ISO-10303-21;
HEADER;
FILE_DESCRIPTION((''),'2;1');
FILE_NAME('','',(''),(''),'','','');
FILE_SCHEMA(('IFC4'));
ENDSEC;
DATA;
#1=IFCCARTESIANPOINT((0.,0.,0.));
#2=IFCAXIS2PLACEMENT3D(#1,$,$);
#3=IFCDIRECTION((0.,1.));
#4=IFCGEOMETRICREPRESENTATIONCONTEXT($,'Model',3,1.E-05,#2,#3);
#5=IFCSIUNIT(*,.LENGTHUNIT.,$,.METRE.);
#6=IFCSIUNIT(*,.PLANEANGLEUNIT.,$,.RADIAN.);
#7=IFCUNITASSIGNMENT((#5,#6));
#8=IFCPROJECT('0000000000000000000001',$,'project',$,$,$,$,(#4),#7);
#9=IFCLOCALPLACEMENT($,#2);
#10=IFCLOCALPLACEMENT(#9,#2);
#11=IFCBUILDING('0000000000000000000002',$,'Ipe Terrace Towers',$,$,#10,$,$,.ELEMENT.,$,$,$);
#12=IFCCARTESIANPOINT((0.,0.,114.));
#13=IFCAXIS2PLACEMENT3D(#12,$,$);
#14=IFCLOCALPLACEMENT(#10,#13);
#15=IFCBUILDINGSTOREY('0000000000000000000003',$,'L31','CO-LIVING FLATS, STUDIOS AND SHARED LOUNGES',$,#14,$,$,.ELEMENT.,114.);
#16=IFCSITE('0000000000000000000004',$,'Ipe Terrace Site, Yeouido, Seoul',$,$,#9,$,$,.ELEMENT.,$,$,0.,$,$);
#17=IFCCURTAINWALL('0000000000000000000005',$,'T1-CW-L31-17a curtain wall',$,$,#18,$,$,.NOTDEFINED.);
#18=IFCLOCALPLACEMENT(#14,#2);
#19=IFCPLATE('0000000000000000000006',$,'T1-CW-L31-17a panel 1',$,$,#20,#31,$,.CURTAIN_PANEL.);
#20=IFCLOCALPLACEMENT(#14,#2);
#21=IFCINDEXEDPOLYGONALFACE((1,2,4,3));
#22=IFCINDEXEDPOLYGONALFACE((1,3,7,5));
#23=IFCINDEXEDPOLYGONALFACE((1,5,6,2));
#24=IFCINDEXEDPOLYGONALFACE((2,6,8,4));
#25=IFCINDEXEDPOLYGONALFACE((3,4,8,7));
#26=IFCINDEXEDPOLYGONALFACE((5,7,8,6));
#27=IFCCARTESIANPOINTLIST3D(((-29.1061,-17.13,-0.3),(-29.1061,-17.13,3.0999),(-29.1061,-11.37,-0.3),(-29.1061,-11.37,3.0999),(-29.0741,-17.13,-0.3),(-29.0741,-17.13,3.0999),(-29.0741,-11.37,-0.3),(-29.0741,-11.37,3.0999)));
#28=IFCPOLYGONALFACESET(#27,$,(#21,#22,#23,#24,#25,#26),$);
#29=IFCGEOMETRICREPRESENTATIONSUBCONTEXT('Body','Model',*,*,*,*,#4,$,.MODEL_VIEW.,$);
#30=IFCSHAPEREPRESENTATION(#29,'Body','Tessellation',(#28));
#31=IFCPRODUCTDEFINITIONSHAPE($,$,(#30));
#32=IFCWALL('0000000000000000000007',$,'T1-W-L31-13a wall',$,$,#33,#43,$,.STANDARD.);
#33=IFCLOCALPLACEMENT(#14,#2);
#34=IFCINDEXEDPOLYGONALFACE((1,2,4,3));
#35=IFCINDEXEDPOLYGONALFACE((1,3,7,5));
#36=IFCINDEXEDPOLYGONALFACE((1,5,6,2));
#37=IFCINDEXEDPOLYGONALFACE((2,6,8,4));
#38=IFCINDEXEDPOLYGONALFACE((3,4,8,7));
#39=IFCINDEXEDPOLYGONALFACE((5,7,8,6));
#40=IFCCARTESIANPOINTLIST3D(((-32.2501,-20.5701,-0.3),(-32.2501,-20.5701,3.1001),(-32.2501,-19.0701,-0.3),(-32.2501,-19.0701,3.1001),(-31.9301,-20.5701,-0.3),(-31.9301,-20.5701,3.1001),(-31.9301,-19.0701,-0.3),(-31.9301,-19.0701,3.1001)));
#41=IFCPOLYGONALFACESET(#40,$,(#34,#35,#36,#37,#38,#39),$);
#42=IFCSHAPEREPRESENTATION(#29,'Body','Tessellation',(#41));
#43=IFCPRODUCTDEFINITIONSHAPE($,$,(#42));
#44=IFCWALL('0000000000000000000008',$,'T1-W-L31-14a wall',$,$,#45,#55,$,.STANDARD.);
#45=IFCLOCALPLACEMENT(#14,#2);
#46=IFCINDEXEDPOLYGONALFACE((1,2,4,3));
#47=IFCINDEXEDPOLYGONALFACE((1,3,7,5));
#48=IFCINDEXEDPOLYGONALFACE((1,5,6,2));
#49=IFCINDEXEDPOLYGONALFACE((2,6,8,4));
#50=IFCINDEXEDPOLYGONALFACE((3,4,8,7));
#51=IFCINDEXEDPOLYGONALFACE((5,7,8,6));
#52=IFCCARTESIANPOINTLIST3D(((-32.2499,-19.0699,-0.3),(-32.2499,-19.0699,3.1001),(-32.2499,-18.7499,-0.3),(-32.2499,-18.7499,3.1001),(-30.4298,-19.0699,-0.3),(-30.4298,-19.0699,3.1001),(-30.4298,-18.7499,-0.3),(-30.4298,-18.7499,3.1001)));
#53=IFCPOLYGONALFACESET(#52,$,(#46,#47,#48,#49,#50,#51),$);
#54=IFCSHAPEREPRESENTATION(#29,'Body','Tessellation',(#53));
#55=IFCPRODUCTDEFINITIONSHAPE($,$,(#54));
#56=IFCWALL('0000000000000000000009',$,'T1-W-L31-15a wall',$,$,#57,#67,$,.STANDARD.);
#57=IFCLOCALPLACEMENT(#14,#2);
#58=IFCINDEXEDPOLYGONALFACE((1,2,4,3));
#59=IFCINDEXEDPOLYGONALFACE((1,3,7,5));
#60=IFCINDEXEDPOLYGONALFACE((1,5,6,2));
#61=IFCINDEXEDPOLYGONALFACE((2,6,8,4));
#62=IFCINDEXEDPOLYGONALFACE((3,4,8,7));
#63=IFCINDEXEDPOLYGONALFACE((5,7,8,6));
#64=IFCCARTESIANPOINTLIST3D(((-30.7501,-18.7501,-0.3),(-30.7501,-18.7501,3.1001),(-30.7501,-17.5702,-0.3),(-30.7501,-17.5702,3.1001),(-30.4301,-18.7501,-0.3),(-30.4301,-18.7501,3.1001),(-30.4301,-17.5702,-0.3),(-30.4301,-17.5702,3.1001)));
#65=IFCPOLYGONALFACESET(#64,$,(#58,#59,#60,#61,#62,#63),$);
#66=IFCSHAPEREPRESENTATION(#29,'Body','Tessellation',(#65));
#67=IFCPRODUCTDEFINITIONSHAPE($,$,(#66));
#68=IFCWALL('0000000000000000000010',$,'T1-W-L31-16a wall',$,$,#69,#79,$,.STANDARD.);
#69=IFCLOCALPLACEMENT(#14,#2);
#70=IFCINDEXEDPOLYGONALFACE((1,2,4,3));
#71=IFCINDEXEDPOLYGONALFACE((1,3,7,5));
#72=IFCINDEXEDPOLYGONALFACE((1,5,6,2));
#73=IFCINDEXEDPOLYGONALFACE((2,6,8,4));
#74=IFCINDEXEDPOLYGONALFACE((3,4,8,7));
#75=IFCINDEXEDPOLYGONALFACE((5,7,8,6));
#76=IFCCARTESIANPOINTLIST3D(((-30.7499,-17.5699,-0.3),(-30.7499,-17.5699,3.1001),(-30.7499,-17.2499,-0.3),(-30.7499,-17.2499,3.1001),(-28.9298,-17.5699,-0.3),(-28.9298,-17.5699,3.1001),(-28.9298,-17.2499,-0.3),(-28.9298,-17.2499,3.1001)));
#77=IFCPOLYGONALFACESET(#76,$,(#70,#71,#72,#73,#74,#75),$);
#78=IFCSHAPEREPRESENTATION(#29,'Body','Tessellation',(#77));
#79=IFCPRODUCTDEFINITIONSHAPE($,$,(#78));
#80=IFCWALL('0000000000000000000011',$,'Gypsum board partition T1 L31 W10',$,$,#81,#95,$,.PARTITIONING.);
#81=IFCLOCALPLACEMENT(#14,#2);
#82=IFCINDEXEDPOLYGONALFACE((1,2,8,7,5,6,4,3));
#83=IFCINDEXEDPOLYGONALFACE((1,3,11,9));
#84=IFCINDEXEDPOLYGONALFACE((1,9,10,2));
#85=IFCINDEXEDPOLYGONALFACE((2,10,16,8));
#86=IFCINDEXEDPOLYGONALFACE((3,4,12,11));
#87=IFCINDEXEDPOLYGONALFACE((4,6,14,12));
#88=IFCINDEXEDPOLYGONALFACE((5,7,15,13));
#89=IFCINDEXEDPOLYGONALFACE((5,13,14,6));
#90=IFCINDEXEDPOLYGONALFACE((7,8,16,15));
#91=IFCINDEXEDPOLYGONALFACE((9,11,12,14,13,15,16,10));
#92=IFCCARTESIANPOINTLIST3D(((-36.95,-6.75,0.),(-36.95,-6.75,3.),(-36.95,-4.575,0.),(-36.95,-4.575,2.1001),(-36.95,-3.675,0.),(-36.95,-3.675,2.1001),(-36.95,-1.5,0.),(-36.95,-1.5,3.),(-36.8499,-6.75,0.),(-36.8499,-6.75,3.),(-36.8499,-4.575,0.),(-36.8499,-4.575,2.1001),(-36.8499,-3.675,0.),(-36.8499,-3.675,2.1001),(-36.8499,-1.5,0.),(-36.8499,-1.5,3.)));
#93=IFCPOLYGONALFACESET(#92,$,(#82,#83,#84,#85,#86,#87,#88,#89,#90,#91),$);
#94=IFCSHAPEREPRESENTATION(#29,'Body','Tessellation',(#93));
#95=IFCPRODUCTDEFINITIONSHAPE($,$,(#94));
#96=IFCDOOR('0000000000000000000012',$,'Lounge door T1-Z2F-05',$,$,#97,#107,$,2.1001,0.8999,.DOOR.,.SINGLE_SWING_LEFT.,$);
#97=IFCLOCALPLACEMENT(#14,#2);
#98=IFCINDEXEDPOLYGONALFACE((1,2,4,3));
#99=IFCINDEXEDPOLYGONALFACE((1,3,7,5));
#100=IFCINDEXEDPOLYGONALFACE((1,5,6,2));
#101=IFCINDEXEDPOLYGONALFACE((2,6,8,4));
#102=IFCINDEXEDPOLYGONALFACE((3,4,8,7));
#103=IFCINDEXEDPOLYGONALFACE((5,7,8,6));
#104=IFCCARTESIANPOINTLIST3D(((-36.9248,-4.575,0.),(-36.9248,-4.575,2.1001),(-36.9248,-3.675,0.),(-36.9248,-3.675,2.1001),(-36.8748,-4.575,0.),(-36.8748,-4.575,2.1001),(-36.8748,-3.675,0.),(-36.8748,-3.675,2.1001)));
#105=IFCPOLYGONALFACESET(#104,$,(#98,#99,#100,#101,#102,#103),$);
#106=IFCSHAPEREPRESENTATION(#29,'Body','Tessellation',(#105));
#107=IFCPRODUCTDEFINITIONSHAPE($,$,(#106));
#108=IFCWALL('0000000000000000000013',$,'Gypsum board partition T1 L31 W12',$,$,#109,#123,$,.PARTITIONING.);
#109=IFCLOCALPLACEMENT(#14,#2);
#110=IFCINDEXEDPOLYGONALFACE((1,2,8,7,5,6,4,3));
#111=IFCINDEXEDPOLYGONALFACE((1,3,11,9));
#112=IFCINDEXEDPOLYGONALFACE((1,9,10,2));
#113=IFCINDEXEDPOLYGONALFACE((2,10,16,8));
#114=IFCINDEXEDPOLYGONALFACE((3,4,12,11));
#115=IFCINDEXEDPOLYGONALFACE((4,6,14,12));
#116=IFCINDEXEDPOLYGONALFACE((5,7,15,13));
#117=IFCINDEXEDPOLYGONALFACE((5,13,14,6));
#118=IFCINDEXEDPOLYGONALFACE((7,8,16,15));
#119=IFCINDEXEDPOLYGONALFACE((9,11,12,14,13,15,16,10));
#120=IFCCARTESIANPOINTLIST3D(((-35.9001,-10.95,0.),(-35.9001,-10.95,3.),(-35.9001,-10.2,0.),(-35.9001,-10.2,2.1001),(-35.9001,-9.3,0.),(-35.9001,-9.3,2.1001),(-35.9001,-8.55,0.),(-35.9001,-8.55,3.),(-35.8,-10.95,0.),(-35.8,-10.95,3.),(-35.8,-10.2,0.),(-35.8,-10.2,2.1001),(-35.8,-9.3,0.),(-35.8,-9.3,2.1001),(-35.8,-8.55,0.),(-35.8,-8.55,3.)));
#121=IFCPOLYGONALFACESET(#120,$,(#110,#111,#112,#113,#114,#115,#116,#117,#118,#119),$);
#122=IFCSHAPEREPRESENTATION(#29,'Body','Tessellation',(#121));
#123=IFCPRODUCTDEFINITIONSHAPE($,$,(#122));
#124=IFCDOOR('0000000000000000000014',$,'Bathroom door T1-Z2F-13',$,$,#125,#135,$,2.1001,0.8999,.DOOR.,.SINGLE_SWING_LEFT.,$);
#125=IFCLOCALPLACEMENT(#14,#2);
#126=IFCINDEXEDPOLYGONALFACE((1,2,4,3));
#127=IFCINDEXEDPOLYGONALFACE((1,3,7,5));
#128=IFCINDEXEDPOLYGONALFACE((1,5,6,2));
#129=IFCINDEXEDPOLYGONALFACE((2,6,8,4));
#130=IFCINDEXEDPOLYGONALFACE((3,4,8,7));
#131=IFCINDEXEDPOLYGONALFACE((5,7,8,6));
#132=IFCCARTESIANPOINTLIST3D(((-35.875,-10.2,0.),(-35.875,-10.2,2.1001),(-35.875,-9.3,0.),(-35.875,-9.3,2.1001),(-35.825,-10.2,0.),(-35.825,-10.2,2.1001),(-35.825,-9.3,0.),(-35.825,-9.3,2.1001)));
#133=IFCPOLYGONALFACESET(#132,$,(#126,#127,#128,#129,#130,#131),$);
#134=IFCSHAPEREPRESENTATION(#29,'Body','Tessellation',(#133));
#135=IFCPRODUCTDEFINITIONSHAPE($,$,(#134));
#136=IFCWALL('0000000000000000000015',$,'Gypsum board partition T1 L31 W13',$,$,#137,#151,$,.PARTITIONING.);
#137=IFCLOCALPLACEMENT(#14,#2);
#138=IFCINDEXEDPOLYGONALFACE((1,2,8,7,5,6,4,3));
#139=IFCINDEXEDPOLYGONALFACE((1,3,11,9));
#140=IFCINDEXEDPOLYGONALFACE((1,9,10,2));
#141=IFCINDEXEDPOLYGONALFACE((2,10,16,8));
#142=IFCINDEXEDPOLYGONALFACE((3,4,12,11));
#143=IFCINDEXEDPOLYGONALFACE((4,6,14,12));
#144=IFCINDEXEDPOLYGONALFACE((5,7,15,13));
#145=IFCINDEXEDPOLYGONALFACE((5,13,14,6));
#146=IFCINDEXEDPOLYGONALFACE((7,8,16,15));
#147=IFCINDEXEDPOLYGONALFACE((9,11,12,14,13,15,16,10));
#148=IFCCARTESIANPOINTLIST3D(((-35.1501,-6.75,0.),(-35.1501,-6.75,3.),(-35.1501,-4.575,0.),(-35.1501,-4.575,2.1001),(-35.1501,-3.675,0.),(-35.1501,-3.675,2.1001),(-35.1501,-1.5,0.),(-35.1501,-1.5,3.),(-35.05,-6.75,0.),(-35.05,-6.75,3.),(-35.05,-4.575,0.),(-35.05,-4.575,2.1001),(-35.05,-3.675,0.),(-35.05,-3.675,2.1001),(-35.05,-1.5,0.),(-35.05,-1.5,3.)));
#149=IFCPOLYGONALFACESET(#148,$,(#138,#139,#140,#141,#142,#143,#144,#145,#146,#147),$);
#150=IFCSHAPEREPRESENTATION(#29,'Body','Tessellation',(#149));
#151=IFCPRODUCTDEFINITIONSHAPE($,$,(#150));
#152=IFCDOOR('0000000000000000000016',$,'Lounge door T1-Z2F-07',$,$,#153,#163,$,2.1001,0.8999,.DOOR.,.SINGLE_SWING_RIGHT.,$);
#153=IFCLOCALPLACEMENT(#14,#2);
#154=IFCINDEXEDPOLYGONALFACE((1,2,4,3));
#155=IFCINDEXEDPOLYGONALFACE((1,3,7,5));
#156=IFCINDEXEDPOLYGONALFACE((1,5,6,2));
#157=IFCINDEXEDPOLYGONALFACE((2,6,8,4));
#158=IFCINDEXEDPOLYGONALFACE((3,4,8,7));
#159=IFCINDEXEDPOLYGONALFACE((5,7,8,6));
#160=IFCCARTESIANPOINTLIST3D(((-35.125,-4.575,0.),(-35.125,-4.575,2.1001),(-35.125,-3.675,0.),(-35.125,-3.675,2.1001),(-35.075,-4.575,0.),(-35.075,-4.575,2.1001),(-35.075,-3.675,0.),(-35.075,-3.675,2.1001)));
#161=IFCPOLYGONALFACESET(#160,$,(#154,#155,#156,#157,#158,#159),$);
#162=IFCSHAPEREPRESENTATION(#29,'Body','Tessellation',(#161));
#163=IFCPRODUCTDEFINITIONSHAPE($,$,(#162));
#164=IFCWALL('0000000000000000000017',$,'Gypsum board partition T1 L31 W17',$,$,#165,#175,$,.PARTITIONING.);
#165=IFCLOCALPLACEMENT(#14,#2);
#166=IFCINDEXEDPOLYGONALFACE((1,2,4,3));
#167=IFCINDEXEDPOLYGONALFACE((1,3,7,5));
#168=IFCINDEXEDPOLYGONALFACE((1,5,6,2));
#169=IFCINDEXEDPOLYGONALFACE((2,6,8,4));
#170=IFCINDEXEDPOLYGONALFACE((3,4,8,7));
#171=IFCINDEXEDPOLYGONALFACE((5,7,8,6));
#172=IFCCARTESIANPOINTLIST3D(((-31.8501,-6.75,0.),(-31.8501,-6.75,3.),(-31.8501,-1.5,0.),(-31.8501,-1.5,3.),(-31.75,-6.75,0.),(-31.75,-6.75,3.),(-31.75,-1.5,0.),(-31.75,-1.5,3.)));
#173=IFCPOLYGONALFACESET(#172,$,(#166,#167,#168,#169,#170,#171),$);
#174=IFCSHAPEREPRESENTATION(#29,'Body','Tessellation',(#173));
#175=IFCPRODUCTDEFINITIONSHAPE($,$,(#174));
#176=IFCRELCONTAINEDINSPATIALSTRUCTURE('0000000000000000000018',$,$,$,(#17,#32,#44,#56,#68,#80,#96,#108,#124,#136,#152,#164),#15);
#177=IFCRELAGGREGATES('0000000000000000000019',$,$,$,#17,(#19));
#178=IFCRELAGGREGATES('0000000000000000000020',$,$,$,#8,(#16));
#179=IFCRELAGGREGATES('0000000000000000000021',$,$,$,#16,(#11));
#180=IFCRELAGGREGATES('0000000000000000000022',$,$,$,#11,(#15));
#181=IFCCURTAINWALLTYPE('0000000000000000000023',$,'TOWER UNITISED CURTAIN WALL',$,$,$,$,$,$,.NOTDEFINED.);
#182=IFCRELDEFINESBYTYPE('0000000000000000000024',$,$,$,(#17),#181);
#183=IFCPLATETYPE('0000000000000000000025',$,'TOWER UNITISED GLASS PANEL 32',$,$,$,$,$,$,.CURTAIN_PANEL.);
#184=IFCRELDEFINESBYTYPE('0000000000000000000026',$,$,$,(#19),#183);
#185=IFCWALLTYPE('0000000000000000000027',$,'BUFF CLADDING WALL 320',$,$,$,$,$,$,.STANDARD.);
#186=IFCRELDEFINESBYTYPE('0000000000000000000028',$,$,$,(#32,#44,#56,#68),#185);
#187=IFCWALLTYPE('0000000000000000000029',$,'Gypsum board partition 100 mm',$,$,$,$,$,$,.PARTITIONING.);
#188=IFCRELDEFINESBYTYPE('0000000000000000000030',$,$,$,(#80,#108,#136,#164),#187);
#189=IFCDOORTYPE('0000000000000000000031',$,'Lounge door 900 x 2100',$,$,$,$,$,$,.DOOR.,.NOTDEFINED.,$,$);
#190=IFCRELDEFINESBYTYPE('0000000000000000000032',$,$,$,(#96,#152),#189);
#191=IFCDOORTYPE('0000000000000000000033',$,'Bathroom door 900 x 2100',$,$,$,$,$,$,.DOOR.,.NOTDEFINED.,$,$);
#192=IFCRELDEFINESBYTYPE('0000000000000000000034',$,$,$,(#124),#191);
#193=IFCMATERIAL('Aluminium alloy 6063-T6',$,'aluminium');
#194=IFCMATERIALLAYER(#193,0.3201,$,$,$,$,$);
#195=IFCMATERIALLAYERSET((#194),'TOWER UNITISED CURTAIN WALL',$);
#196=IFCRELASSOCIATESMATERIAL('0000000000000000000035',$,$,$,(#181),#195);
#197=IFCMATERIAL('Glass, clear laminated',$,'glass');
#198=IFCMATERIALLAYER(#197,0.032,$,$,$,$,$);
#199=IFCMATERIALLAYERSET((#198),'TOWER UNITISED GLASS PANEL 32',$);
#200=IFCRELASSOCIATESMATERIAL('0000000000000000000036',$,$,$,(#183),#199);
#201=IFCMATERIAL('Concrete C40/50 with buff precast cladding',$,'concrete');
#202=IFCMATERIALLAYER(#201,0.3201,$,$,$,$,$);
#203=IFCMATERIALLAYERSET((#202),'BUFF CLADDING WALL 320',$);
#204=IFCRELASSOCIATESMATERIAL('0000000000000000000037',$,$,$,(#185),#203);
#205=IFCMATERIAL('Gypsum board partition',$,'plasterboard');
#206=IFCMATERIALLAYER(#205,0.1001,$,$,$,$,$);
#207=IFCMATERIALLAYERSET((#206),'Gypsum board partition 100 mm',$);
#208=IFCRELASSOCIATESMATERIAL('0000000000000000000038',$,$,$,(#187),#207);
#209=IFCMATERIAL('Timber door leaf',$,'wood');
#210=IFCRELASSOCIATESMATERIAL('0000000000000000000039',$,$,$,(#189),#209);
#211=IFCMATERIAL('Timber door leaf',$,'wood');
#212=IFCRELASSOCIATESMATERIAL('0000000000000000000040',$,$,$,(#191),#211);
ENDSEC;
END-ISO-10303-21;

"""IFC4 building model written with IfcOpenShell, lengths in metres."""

from ifc_helpers import new_model, si_unit, direction, frame, frame_2d, origin, origin_2d, place, context, subcontext, project, spatial, rectangle, extrude, material, layer, layer_set, type_object, element, fill, aggregate, save


model = new_model("IFC4")

# Units and contexts
model_context = context("Model", 3, precision=1e-05, world=origin(), true_north=direction((0.0, 1.0)))
body_context = subcontext(model_context, "Body", "Model", "MODEL_VIEW")
ifc_project = project(units=[si_unit("LENGTHUNIT", "METRE"), si_unit("PLANEANGLEUNIT", "RADIAN")], contexts=[model_context])

# Site, building, storey
site_placement = place(None, origin())
site = spatial("IfcSite", under=ifc_project, at=site_placement, Name="Ipe Terrace Site, Yeouido, Seoul", CompositionType="ELEMENT", RefElevation=0.0)
building_placement = place(site_placement, origin())
building = spatial("IfcBuilding", under=site, at=building_placement, Name="Ipe Terrace Towers", CompositionType="ELEMENT")
storey_placement = place(building_placement, frame((0.0, 0.0, 114.0)))
storey = spatial("IfcBuildingStorey", under=building, at=storey_placement, Name="L31", Description="CO-LIVING FLATS, STUDIOS AND SHARED LOUNGES", CompositionType="ELEMENT", Elevation=114.0)

# Shared definitions
ifc_material_1 = material(Name="Aluminium alloy 6063-T6", Category="aluminium")
ifc_layer_1 = layer(ifc_material_1, 0.3201)
ifc_layer_set_1 = layer_set([ifc_layer_1], Name="TOWER UNITISED CURTAIN WALL")
curtain_wall_type = type_object("IfcCurtainWallType", Name="TOWER UNITISED CURTAIN WALL", PredefinedType="NOTDEFINED", material=ifc_layer_set_1)

# Curtain wall
curtain_wall_1_placement = place(storey_placement, origin())
curtain_wall_1 = element("IfcCurtainWall", 1, at=curtain_wall_1_placement, inside=storey, type_object=curtain_wall_type, Name="T1-CW-L31-17a curtain wall", PredefinedType="NOTDEFINED")

# Plate
ifc_material_2 = material(Name="Glass, clear laminated", Category="glass")
ifc_layer_2 = layer(ifc_material_2, 0.032)
ifc_layer_set_2 = layer_set([ifc_layer_2], Name="TOWER UNITISED GLASS PANEL 32")
plate_type = type_object("IfcPlateType", Name="TOWER UNITISED GLASS PANEL 32", PredefinedType="CURTAIN_PANEL", material=ifc_layer_set_2)
plate_1_placement = place(storey_placement, frame((-29.0901, -14.25, -0.3), z_axis=(0.0, 0.0, 1.0), x_axis=(0.0, 1.0, 0.0)))
plate_1 = element("IfcPlate", 2, at=plate_1_placement, type_object=plate_type, Name="T1-CW-L31-17a panel 1", PredefinedType="CURTAIN_PANEL", context=body_context, shape_type="SweptSolid", body=[
    extrude(rectangle(XDim=5.76, YDim=0.032, at=origin_2d()), origin(), (0.0, 0.0, 1.0), 3.3999),
])
aggregate(curtain_wall_1, [plate_1])

# Walls
ifc_material_3 = material(Name="Concrete C40/50 with buff precast cladding", Category="concrete")
ifc_layer_3 = layer(ifc_material_3, 0.3201)
ifc_layer_set_3 = layer_set([ifc_layer_3], Name="BUFF CLADDING WALL 320")
wall_type_1 = type_object("IfcWallType", Name="BUFF CLADDING WALL 320", PredefinedType="STANDARD", material=ifc_layer_set_3)
wall_1_placement = place(storey_placement, frame((-32.0901, -20.5701, -0.3), z_axis=(0.0, 0.0, 1.0), x_axis=(0.0, 1.0, 0.0)))
element("IfcWall", 3, at=wall_1_placement, inside=storey, type_object=wall_type_1, Name="T1-W-L31-13a wall", PredefinedType="STANDARD", context=body_context, shape_type="SweptSolid", body=[
    extrude(rectangle(XDim=1.5, YDim=0.3201, at=frame_2d((0.75, 0.0))), origin(), (0.0, 0.0, 1.0), 3.4001),
])
wall_2_placement = place(storey_placement, frame((-32.25, -18.9099, -0.3), z_axis=(0.0, 0.0, 1.0), x_axis=(1.0, 0.0, 0.0)))
element("IfcWall", 4, at=wall_2_placement, inside=storey, type_object=wall_type_1, Name="T1-W-L31-14a wall", PredefinedType="STANDARD", context=body_context, shape_type="SweptSolid", body=[
    extrude(rectangle(XDim=1.8201, YDim=0.3201, at=frame_2d((0.9102, 0.0))), origin(), (0.0, 0.0, 1.0), 3.4001),
])
wall_3_placement = place(storey_placement, frame((-30.5901, -18.75, -0.3), z_axis=(0.0, 0.0, 1.0), x_axis=(0.0, 1.0, 0.0)))
element("IfcWall", 5, at=wall_3_placement, inside=storey, type_object=wall_type_1, Name="T1-W-L31-15a wall", PredefinedType="STANDARD", context=body_context, shape_type="SweptSolid", body=[
    extrude(rectangle(XDim=1.1799, YDim=0.3201, at=frame_2d((0.5898, 0.0))), origin(), (0.0, 0.0, 1.0), 3.4001),
])
wall_4_placement = place(storey_placement, frame((-30.75, -17.4099, -0.3), z_axis=(0.0, 0.0, 1.0), x_axis=(1.0, 0.0, 0.0)))
element("IfcWall", 6, at=wall_4_placement, inside=storey, type_object=wall_type_1, Name="T1-W-L31-16a wall", PredefinedType="STANDARD", context=body_context, shape_type="SweptSolid", body=[
    extrude(rectangle(XDim=1.8201, YDim=0.3201, at=frame_2d((0.9102, 0.0))), origin(), (0.0, 0.0, 1.0), 3.4001),
])

# Walls, openings, doors
ifc_material_4 = material(Name="Gypsum board partition", Category="plasterboard")
ifc_layer_4 = layer(ifc_material_4, 0.1001)
ifc_layer_set_4 = layer_set([ifc_layer_4], Name="Gypsum board partition 100 mm")
wall_type_2 = type_object("IfcWallType", Name="Gypsum board partition 100 mm", PredefinedType="PARTITIONING", material=ifc_layer_set_4)
wall_5_placement = place(storey_placement, frame((-36.8999, -6.75, 0.0), z_axis=(0.0, 0.0, 1.0), x_axis=(0.0, 1.0, 0.0)))
wall_5 = element("IfcWall", 7, at=wall_5_placement, inside=storey, type_object=wall_type_2, Name="Gypsum board partition T1 L31 W10", PredefinedType="PARTITIONING", context=body_context, shape_type="SweptSolid", body=[
    extrude(rectangle(XDim=5.25, YDim=0.1001, at=frame_2d((2.625, 0.0))), origin(), (0.0, 0.0, 1.0), 3.0),
])
opening_1_placement = place(wall_5_placement, frame((2.175, 0.0, 0.0)))
opening_1 = element("IfcOpeningElement", 8, at=opening_1_placement, cuts=wall_5, PredefinedType="OPENING", context=body_context, shape_type="SweptSolid", body=[
    extrude(rectangle(XDim=0.8999, YDim=2.1001, at=frame_2d((0.45, 1.05))), frame((0.0, 0.0601, 0.0), z_axis=(0.0, -1.0, 0.0), x_axis=(1.0, 0.0, 0.0)), (0.0, 0.0, 1.0), 0.1201),
])
ifc_material_5 = material(Name="Timber door leaf", Category="wood")
door_type_1 = type_object("IfcDoorType", Name="Lounge door 900 x 2100", OperationType="NOTDEFINED", PredefinedType="DOOR", material=ifc_material_5)
door_1_placement = place(opening_1_placement, origin())
door_1 = element("IfcDoor", 9, at=door_1_placement, inside=storey, type_object=door_type_1, Name="Lounge door T1-Z2F-05", OperationType="SINGLE_SWING_LEFT", OverallHeight=2.1001, OverallWidth=0.8999, PredefinedType="DOOR", context=body_context, shape_type="SweptSolid", body=[
    extrude(rectangle(XDim=0.8999, YDim=2.1001, at=frame_2d((0.45, 1.05))), frame((0.0, 0.0249, 0.0), z_axis=(0.0, -1.0, 0.0), x_axis=(1.0, 0.0, 0.0)), (0.0, 0.0, 1.0), 0.05),
])
fill(opening_1, door_1)
wall_6_placement = place(storey_placement, frame((-35.8501, -10.95, 0.0), z_axis=(0.0, 0.0, 1.0), x_axis=(0.0, 1.0, 0.0)))
wall_6 = element("IfcWall", 10, at=wall_6_placement, inside=storey, type_object=wall_type_2, Name="Gypsum board partition T1 L31 W12", PredefinedType="PARTITIONING", context=body_context, shape_type="SweptSolid", body=[
    extrude(rectangle(XDim=2.3999, YDim=0.1001, at=frame_2d((1.2, 0.0))), origin(), (0.0, 0.0, 1.0), 3.0),
])
opening_2_placement = place(wall_6_placement, frame((0.75, 0.0, 0.0)))
opening_2 = element("IfcOpeningElement", 11, at=opening_2_placement, cuts=wall_6, PredefinedType="OPENING", context=body_context, shape_type="SweptSolid", body=[
    extrude(rectangle(XDim=0.8999, YDim=2.1001, at=frame_2d((0.45, 1.05))), frame((0.0, 0.0601, 0.0), z_axis=(0.0, -1.0, 0.0), x_axis=(1.0, 0.0, 0.0)), (0.0, 0.0, 1.0), 0.1201),
])
ifc_material_6 = material(Name="Timber door leaf", Category="wood")
door_type_2 = type_object("IfcDoorType", Name="Bathroom door 900 x 2100", OperationType="NOTDEFINED", PredefinedType="DOOR", material=ifc_material_6)
door_2_placement = place(opening_2_placement, origin())
door_2 = element("IfcDoor", 12, at=door_2_placement, inside=storey, type_object=door_type_2, Name="Bathroom door T1-Z2F-13", OperationType="SINGLE_SWING_LEFT", OverallHeight=2.1001, OverallWidth=0.8999, PredefinedType="DOOR", context=body_context, shape_type="SweptSolid", body=[
    extrude(rectangle(XDim=0.8999, YDim=2.1001, at=frame_2d((0.45, 1.05))), frame((0.0, 0.0249, 0.0), z_axis=(0.0, -1.0, 0.0), x_axis=(1.0, 0.0, 0.0)), (0.0, 0.0, 1.0), 0.05),
])
fill(opening_2, door_2)
wall_7_placement = place(storey_placement, frame((-35.1001, -6.75, 0.0), z_axis=(0.0, 0.0, 1.0), x_axis=(0.0, 1.0, 0.0)))
wall_7 = element("IfcWall", 13, at=wall_7_placement, inside=storey, type_object=wall_type_2, Name="Gypsum board partition T1 L31 W13", PredefinedType="PARTITIONING", context=body_context, shape_type="SweptSolid", body=[
    extrude(rectangle(XDim=5.25, YDim=0.1001, at=frame_2d((2.625, 0.0))), origin(), (0.0, 0.0, 1.0), 3.0),
])
opening_3_placement = place(wall_7_placement, frame((2.175, 0.0, 0.0)))
opening_3 = element("IfcOpeningElement", 14, at=opening_3_placement, cuts=wall_7, PredefinedType="OPENING", context=body_context, shape_type="SweptSolid", body=[
    extrude(rectangle(XDim=0.8999, YDim=2.1001, at=frame_2d((0.45, 1.05))), frame((0.0, 0.0601, 0.0), z_axis=(0.0, -1.0, 0.0), x_axis=(1.0, 0.0, 0.0)), (0.0, 0.0, 1.0), 0.1201),
])
door_3_placement = place(opening_3_placement, origin())
door_3 = element("IfcDoor", 15, at=door_3_placement, inside=storey, type_object=door_type_1, Name="Lounge door T1-Z2F-07", OperationType="SINGLE_SWING_RIGHT", OverallHeight=2.1001, OverallWidth=0.8999, PredefinedType="DOOR", context=body_context, shape_type="SweptSolid", body=[
    extrude(rectangle(XDim=0.8999, YDim=2.1001, at=frame_2d((0.45, 1.05))), frame((0.0, 0.0249, 0.0), z_axis=(0.0, -1.0, 0.0), x_axis=(1.0, 0.0, 0.0)), (0.0, 0.0, 1.0), 0.05),
])
fill(opening_3, door_3)

# Wall
wall_8_placement = place(storey_placement, frame((-31.8, -6.75, 0.0), z_axis=(0.0, 0.0, 1.0), x_axis=(0.0, 1.0, 0.0)))
element("IfcWall", 16, at=wall_8_placement, inside=storey, type_object=wall_type_2, Name="Gypsum board partition T1 L31 W17", PredefinedType="PARTITIONING", context=body_context, shape_type="SweptSolid", body=[
    extrude(rectangle(XDim=5.25, YDim=0.1001, at=frame_2d((2.625, 0.0))), origin(), (0.0, 0.0, 1.0), 3.0),
])

save(model, "model.ifc")
